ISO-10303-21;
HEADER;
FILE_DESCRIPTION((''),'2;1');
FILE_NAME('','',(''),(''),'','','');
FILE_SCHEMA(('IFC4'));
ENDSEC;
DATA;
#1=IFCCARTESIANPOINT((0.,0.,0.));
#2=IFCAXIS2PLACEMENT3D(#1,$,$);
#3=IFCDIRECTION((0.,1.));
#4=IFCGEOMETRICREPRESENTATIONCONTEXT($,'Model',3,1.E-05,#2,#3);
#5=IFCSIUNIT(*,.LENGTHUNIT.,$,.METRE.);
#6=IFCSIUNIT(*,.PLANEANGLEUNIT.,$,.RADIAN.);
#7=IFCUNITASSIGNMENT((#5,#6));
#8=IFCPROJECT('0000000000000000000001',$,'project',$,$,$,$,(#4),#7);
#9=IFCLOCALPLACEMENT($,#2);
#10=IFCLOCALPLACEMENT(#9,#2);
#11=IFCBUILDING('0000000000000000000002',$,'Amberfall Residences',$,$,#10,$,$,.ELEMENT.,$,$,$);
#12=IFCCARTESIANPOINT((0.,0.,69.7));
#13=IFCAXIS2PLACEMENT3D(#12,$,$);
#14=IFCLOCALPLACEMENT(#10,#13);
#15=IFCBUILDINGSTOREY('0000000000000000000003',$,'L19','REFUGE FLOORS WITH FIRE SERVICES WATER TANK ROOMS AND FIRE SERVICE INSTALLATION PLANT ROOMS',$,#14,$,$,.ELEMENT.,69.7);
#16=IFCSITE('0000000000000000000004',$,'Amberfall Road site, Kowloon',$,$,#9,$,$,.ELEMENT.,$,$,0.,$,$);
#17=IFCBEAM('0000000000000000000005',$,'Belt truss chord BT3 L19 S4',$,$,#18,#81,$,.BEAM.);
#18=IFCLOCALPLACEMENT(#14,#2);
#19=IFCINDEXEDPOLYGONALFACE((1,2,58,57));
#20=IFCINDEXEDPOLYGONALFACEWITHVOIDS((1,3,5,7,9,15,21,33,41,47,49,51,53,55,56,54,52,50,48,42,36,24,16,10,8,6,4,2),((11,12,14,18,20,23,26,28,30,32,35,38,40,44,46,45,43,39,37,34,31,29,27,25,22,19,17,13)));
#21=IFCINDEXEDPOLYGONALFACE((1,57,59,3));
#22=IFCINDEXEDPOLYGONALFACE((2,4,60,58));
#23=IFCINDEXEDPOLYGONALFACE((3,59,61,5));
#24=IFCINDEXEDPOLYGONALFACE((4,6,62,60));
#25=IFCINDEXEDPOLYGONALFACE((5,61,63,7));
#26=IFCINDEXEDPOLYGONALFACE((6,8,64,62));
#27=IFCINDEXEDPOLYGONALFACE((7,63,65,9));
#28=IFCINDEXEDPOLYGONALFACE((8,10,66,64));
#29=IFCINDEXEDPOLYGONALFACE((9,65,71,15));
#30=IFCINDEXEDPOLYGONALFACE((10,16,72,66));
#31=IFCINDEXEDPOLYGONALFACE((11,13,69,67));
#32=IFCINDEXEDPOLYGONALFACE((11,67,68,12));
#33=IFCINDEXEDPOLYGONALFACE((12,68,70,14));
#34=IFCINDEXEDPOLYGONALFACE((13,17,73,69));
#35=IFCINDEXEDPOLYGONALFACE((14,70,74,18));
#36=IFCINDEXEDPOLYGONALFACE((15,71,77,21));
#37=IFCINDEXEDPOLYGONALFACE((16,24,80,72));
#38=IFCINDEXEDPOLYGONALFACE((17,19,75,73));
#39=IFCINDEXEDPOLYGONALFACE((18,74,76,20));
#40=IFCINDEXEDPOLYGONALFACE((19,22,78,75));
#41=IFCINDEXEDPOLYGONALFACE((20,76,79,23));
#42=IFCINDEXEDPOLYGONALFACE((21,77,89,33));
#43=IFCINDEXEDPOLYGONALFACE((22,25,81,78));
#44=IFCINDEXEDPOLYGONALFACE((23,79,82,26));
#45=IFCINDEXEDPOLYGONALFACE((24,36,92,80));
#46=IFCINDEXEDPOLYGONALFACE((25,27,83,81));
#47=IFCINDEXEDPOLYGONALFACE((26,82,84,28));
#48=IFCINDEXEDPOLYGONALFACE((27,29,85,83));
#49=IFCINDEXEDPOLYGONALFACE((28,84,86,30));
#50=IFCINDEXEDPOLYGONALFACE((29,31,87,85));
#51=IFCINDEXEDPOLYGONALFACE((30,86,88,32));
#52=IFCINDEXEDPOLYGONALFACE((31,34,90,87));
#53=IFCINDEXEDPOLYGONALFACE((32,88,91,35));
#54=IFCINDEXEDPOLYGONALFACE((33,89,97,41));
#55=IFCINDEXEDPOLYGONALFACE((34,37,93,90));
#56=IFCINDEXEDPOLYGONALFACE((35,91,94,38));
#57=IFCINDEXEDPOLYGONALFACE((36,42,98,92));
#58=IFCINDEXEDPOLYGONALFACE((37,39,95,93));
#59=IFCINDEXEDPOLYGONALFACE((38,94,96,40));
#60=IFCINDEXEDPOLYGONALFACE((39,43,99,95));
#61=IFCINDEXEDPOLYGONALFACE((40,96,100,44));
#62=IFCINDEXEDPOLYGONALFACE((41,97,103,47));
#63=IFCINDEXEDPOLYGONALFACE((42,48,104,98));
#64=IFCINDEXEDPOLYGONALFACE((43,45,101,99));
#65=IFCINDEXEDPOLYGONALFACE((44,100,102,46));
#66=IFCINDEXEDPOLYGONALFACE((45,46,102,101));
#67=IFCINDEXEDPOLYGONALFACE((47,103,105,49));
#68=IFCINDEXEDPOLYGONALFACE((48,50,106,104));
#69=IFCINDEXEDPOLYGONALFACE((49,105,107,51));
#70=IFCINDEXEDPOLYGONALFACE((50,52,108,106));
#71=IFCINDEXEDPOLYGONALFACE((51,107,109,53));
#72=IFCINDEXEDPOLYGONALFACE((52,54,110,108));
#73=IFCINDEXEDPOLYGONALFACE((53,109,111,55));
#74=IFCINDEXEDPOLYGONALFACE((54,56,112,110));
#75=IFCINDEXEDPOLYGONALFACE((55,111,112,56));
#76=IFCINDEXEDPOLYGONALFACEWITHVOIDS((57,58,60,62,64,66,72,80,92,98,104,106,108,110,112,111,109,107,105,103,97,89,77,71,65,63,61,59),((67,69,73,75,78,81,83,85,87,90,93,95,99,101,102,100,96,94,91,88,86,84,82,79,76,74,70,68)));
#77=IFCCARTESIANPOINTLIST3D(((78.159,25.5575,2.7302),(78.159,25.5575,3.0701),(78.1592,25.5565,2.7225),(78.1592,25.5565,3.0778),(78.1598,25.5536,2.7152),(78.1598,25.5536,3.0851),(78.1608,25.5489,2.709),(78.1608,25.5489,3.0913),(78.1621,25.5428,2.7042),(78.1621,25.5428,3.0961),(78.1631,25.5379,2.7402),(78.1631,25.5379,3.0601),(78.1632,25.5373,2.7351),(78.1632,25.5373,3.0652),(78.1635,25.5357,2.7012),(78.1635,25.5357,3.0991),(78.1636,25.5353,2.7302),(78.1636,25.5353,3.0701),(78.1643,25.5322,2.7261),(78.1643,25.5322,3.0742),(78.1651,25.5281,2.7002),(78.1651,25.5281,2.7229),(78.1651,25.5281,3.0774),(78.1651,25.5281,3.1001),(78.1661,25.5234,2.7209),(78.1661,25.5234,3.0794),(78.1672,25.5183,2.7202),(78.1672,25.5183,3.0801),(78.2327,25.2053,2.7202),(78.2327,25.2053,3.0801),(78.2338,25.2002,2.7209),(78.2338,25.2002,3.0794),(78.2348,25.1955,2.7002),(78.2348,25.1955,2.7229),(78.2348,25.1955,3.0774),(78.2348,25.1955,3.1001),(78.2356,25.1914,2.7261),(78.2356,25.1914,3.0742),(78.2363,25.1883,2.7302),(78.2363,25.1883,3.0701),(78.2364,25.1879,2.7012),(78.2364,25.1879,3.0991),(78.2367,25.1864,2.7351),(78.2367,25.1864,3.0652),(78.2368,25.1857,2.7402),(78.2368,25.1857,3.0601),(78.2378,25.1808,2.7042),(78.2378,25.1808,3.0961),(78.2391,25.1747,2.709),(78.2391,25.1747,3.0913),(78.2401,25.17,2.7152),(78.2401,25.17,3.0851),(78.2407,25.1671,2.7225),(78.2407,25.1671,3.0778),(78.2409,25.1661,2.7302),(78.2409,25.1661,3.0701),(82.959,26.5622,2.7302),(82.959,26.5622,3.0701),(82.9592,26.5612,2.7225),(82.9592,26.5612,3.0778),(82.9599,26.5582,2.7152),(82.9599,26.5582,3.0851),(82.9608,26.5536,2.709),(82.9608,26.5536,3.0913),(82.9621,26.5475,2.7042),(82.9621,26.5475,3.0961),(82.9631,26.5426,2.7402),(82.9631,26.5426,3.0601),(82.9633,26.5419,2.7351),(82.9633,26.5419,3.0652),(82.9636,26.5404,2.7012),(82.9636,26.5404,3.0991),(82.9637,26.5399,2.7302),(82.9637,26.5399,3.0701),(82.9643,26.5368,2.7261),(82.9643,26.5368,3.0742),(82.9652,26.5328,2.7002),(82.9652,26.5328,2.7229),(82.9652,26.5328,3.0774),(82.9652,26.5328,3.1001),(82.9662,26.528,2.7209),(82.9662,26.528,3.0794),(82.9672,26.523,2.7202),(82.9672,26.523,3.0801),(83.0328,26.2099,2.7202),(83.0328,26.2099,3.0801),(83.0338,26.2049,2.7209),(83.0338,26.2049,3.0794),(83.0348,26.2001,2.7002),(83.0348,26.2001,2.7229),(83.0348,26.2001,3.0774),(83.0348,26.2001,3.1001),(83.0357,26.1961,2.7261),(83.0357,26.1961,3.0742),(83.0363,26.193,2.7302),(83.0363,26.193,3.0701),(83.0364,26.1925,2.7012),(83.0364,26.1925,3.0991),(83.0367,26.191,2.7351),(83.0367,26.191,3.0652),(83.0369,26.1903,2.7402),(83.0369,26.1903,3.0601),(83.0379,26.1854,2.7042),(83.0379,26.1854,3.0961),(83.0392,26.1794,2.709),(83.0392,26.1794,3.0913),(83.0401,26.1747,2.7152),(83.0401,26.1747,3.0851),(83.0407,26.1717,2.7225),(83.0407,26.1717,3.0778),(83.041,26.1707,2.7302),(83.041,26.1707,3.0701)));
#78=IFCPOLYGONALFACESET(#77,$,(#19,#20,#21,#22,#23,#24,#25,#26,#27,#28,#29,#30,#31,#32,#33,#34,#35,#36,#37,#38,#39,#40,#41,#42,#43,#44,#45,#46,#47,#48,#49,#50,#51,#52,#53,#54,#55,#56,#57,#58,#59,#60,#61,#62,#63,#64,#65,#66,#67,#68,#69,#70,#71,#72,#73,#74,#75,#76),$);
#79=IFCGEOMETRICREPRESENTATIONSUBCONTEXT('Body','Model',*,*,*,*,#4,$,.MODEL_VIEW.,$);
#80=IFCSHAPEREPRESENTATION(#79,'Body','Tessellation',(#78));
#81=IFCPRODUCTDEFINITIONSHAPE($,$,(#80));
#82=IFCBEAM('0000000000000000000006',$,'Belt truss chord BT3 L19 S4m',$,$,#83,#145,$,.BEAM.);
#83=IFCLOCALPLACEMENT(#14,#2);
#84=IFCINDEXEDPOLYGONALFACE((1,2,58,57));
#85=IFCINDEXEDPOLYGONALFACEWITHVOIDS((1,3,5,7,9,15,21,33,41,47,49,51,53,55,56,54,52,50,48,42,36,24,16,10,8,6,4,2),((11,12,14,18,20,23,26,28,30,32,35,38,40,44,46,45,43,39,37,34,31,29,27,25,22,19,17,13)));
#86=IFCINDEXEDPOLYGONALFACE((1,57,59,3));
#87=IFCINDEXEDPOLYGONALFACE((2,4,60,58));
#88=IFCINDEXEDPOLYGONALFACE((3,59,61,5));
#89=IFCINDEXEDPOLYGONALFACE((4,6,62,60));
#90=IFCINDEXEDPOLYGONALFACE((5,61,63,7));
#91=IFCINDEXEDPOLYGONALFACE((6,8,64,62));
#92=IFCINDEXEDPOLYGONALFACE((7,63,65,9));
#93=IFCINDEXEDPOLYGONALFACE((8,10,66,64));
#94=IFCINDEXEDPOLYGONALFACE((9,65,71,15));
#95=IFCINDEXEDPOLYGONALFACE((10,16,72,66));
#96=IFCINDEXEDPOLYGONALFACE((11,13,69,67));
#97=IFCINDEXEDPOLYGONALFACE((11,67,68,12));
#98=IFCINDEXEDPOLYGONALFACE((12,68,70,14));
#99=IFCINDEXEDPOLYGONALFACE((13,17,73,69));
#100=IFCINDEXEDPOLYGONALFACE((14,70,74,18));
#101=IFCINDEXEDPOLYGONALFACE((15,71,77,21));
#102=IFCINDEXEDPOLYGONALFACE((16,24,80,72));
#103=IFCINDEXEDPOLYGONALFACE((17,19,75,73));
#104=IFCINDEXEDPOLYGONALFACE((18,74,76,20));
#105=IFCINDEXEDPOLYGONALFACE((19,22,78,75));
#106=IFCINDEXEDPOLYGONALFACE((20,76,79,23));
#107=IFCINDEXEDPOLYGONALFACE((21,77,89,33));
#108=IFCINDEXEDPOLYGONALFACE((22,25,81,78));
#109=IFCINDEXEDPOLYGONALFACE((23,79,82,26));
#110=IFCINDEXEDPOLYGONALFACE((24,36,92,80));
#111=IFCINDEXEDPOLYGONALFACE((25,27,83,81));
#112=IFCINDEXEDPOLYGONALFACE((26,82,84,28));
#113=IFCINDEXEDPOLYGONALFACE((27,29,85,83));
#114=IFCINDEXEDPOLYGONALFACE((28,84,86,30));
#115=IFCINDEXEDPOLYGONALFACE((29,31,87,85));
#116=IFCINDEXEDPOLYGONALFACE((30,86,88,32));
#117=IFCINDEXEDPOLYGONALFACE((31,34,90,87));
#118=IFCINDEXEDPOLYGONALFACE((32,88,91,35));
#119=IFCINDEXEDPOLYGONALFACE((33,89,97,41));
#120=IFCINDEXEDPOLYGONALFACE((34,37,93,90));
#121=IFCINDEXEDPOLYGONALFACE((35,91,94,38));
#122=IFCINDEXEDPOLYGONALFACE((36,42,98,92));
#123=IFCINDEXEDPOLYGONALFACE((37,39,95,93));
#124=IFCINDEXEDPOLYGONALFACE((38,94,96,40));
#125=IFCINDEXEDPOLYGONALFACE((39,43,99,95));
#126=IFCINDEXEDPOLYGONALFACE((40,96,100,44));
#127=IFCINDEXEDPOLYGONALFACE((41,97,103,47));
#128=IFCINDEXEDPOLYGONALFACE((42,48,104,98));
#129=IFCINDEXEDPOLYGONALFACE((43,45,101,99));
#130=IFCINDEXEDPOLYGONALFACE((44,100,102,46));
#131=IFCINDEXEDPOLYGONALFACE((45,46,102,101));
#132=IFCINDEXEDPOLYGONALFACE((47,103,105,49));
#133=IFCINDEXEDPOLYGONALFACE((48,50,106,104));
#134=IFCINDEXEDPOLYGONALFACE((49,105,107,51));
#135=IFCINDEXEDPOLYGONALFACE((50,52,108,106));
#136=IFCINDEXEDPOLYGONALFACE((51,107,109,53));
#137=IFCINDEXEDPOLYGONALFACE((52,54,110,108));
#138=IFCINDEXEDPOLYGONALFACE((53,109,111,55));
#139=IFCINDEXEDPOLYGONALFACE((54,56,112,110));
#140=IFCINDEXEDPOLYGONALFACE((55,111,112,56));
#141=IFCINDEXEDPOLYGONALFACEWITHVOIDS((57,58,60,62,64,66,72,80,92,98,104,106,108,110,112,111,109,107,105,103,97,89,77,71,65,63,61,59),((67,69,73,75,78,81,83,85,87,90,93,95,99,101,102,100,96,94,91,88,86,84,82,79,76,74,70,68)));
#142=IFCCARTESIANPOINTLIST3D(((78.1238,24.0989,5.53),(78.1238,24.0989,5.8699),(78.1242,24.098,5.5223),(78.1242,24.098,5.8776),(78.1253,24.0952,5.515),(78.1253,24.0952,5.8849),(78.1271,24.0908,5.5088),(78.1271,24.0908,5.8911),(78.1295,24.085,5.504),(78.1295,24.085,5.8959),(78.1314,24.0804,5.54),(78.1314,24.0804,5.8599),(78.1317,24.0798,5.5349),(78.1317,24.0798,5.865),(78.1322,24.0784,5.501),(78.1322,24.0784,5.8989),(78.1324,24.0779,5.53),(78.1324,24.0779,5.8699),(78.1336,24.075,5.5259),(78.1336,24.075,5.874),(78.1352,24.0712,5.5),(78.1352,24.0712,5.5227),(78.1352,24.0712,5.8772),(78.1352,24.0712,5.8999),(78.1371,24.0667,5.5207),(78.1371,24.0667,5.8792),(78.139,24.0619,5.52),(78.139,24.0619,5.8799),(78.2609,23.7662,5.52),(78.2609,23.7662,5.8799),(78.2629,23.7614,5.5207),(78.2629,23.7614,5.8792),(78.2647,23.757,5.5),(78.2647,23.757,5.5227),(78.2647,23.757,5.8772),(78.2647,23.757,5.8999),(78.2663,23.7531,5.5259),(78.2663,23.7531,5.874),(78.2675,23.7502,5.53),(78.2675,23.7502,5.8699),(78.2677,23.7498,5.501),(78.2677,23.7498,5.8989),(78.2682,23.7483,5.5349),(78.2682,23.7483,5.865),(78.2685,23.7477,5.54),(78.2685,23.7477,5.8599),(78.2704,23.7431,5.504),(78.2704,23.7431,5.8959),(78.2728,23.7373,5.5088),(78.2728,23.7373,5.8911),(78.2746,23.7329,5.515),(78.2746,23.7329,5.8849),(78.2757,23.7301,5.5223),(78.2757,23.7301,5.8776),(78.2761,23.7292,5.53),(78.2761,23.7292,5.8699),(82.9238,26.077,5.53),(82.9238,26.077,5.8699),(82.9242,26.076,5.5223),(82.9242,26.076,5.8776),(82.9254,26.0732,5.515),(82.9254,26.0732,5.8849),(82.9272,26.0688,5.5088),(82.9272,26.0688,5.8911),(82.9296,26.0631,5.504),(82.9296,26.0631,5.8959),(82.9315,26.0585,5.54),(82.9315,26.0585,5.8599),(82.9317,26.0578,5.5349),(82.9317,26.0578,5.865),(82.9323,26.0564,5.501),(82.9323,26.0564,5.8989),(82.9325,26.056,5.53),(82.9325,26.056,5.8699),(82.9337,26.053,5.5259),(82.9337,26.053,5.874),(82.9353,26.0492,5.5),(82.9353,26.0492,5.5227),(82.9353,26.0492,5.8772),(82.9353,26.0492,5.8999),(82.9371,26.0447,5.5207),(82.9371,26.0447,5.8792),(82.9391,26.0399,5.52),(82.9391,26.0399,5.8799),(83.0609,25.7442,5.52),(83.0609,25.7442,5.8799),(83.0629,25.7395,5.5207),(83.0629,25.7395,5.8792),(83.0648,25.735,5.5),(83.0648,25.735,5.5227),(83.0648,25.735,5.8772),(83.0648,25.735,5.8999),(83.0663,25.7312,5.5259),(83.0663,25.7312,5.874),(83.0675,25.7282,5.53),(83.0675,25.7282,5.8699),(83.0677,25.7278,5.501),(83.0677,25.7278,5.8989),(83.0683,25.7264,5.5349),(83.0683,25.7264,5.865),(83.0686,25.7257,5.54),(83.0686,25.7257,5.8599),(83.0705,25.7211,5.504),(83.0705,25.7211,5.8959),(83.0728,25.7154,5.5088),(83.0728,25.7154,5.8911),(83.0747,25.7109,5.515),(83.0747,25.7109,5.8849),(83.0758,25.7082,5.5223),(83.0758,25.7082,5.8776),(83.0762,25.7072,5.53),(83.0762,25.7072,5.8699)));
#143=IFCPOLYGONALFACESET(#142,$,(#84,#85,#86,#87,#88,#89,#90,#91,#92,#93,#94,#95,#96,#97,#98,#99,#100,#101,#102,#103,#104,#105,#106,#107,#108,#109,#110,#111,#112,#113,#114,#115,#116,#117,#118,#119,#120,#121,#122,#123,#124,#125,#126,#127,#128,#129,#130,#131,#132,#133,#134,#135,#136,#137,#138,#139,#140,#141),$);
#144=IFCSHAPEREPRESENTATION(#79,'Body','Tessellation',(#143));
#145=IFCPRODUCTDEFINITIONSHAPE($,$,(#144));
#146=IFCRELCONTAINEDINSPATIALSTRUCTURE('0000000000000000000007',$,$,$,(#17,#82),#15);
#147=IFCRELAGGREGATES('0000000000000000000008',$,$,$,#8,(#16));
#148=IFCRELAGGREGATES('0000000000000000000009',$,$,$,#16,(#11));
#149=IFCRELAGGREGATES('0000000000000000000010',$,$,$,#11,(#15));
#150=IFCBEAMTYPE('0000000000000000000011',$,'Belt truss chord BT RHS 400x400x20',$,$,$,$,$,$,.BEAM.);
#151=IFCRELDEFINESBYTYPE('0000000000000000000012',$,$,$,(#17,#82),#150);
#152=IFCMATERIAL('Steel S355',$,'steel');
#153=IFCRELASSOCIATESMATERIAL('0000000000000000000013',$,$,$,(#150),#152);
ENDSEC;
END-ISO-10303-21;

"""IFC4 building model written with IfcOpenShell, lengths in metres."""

from ifc_helpers import new_model, si_unit, direction, frame, origin, origin_2d, place, context, subcontext, project, spatial, hollow_rectangle, extrude, material, material_profile, profile_set, type_object, element, save


model = new_model("IFC4")

# Units and contexts
model_context = context("Model", 3, precision=1e-05, world=origin(), true_north=direction((0.0, 1.0)))
body_context = subcontext(model_context, "Body", "Model", "MODEL_VIEW")
ifc_project = project(units=[si_unit("LENGTHUNIT", "METRE"), si_unit("PLANEANGLEUNIT", "RADIAN")], contexts=[model_context])

# Site, building, storey
site_placement = place(None, origin())
site = spatial("IfcSite", under=ifc_project, at=site_placement, Name="Amberfall Road site, Kowloon", CompositionType="ELEMENT", RefElevation=0.0)
building_placement = place(site_placement, origin())
building = spatial("IfcBuilding", under=site, at=building_placement, Name="Amberfall Residences", CompositionType="ELEMENT")
storey_placement = place(building_placement, frame((0.0, 0.0, 69.7)))
storey = spatial("IfcBuildingStorey", under=building, at=storey_placement, Name="L19", Description="REFUGE FLOORS WITH FIRE SERVICES WATER TANK ROOMS AND FIRE SERVICE INSTALLATION PLANT ROOMS", CompositionType="ELEMENT", Elevation=69.7)

# Beams
ifc_material_1 = material(Name="Steel S355", Category="steel")
ifc_material_profile_1 = material_profile(ifc_material_1, hollow_rectangle(XDim=0.3999, YDim=0.3999, WallThickness=0.02, InnerFilletRadius=0.02, OuterFilletRadius=0.03, at=origin_2d()), Name="RHS 400x400x20")
ifc_profile_set_1 = profile_set([ifc_material_profile_1], Name="Steel S355")
beam_type_1 = type_object("IfcBeamType", Name="Belt truss chord BT RHS 400x400x20", PredefinedType="BEAM", material=ifc_profile_set_1)
beam_1_placement = place(storey_placement, frame((78.2, 25.3618, 2.9001), z_axis=(0.978792, 0.204859, 0.0), x_axis=(-0.204859, 0.978792, 0.0)))
element("IfcBeam", 1, at=beam_1_placement, inside=storey, type_object=beam_type_1, Name="Belt truss chord BT3 L19 S4", PredefinedType="BEAM", context=body_context, shape_type="SweptSolid", body=[
    extrude(hollow_rectangle(XDim=0.3999, YDim=0.3999, WallThickness=0.02, InnerFilletRadius=0.02, OuterFilletRadius=0.03, at=origin_2d()), origin(), (0.0, 0.0, 1.0), 4.9041),
])
beam_2_placement = place(storey_placement, frame((78.2, 23.9141, 5.7), z_axis=(0.924574, 0.381003, 0.0), x_axis=(-0.381003, 0.924574, 0.0)))
element("IfcBeam", 2, at=beam_2_placement, inside=storey, type_object=beam_type_1, Name="Belt truss chord BT3 L19 S4m", PredefinedType="BEAM", context=body_context, shape_type="SweptSolid", body=[
    extrude(hollow_rectangle(XDim=0.3999, YDim=0.3999, WallThickness=0.02, InnerFilletRadius=0.02, OuterFilletRadius=0.03, at=origin_2d()), origin(), (0.0, 0.0, 1.0), 5.1917),
])

save(model, "model.ifc")
